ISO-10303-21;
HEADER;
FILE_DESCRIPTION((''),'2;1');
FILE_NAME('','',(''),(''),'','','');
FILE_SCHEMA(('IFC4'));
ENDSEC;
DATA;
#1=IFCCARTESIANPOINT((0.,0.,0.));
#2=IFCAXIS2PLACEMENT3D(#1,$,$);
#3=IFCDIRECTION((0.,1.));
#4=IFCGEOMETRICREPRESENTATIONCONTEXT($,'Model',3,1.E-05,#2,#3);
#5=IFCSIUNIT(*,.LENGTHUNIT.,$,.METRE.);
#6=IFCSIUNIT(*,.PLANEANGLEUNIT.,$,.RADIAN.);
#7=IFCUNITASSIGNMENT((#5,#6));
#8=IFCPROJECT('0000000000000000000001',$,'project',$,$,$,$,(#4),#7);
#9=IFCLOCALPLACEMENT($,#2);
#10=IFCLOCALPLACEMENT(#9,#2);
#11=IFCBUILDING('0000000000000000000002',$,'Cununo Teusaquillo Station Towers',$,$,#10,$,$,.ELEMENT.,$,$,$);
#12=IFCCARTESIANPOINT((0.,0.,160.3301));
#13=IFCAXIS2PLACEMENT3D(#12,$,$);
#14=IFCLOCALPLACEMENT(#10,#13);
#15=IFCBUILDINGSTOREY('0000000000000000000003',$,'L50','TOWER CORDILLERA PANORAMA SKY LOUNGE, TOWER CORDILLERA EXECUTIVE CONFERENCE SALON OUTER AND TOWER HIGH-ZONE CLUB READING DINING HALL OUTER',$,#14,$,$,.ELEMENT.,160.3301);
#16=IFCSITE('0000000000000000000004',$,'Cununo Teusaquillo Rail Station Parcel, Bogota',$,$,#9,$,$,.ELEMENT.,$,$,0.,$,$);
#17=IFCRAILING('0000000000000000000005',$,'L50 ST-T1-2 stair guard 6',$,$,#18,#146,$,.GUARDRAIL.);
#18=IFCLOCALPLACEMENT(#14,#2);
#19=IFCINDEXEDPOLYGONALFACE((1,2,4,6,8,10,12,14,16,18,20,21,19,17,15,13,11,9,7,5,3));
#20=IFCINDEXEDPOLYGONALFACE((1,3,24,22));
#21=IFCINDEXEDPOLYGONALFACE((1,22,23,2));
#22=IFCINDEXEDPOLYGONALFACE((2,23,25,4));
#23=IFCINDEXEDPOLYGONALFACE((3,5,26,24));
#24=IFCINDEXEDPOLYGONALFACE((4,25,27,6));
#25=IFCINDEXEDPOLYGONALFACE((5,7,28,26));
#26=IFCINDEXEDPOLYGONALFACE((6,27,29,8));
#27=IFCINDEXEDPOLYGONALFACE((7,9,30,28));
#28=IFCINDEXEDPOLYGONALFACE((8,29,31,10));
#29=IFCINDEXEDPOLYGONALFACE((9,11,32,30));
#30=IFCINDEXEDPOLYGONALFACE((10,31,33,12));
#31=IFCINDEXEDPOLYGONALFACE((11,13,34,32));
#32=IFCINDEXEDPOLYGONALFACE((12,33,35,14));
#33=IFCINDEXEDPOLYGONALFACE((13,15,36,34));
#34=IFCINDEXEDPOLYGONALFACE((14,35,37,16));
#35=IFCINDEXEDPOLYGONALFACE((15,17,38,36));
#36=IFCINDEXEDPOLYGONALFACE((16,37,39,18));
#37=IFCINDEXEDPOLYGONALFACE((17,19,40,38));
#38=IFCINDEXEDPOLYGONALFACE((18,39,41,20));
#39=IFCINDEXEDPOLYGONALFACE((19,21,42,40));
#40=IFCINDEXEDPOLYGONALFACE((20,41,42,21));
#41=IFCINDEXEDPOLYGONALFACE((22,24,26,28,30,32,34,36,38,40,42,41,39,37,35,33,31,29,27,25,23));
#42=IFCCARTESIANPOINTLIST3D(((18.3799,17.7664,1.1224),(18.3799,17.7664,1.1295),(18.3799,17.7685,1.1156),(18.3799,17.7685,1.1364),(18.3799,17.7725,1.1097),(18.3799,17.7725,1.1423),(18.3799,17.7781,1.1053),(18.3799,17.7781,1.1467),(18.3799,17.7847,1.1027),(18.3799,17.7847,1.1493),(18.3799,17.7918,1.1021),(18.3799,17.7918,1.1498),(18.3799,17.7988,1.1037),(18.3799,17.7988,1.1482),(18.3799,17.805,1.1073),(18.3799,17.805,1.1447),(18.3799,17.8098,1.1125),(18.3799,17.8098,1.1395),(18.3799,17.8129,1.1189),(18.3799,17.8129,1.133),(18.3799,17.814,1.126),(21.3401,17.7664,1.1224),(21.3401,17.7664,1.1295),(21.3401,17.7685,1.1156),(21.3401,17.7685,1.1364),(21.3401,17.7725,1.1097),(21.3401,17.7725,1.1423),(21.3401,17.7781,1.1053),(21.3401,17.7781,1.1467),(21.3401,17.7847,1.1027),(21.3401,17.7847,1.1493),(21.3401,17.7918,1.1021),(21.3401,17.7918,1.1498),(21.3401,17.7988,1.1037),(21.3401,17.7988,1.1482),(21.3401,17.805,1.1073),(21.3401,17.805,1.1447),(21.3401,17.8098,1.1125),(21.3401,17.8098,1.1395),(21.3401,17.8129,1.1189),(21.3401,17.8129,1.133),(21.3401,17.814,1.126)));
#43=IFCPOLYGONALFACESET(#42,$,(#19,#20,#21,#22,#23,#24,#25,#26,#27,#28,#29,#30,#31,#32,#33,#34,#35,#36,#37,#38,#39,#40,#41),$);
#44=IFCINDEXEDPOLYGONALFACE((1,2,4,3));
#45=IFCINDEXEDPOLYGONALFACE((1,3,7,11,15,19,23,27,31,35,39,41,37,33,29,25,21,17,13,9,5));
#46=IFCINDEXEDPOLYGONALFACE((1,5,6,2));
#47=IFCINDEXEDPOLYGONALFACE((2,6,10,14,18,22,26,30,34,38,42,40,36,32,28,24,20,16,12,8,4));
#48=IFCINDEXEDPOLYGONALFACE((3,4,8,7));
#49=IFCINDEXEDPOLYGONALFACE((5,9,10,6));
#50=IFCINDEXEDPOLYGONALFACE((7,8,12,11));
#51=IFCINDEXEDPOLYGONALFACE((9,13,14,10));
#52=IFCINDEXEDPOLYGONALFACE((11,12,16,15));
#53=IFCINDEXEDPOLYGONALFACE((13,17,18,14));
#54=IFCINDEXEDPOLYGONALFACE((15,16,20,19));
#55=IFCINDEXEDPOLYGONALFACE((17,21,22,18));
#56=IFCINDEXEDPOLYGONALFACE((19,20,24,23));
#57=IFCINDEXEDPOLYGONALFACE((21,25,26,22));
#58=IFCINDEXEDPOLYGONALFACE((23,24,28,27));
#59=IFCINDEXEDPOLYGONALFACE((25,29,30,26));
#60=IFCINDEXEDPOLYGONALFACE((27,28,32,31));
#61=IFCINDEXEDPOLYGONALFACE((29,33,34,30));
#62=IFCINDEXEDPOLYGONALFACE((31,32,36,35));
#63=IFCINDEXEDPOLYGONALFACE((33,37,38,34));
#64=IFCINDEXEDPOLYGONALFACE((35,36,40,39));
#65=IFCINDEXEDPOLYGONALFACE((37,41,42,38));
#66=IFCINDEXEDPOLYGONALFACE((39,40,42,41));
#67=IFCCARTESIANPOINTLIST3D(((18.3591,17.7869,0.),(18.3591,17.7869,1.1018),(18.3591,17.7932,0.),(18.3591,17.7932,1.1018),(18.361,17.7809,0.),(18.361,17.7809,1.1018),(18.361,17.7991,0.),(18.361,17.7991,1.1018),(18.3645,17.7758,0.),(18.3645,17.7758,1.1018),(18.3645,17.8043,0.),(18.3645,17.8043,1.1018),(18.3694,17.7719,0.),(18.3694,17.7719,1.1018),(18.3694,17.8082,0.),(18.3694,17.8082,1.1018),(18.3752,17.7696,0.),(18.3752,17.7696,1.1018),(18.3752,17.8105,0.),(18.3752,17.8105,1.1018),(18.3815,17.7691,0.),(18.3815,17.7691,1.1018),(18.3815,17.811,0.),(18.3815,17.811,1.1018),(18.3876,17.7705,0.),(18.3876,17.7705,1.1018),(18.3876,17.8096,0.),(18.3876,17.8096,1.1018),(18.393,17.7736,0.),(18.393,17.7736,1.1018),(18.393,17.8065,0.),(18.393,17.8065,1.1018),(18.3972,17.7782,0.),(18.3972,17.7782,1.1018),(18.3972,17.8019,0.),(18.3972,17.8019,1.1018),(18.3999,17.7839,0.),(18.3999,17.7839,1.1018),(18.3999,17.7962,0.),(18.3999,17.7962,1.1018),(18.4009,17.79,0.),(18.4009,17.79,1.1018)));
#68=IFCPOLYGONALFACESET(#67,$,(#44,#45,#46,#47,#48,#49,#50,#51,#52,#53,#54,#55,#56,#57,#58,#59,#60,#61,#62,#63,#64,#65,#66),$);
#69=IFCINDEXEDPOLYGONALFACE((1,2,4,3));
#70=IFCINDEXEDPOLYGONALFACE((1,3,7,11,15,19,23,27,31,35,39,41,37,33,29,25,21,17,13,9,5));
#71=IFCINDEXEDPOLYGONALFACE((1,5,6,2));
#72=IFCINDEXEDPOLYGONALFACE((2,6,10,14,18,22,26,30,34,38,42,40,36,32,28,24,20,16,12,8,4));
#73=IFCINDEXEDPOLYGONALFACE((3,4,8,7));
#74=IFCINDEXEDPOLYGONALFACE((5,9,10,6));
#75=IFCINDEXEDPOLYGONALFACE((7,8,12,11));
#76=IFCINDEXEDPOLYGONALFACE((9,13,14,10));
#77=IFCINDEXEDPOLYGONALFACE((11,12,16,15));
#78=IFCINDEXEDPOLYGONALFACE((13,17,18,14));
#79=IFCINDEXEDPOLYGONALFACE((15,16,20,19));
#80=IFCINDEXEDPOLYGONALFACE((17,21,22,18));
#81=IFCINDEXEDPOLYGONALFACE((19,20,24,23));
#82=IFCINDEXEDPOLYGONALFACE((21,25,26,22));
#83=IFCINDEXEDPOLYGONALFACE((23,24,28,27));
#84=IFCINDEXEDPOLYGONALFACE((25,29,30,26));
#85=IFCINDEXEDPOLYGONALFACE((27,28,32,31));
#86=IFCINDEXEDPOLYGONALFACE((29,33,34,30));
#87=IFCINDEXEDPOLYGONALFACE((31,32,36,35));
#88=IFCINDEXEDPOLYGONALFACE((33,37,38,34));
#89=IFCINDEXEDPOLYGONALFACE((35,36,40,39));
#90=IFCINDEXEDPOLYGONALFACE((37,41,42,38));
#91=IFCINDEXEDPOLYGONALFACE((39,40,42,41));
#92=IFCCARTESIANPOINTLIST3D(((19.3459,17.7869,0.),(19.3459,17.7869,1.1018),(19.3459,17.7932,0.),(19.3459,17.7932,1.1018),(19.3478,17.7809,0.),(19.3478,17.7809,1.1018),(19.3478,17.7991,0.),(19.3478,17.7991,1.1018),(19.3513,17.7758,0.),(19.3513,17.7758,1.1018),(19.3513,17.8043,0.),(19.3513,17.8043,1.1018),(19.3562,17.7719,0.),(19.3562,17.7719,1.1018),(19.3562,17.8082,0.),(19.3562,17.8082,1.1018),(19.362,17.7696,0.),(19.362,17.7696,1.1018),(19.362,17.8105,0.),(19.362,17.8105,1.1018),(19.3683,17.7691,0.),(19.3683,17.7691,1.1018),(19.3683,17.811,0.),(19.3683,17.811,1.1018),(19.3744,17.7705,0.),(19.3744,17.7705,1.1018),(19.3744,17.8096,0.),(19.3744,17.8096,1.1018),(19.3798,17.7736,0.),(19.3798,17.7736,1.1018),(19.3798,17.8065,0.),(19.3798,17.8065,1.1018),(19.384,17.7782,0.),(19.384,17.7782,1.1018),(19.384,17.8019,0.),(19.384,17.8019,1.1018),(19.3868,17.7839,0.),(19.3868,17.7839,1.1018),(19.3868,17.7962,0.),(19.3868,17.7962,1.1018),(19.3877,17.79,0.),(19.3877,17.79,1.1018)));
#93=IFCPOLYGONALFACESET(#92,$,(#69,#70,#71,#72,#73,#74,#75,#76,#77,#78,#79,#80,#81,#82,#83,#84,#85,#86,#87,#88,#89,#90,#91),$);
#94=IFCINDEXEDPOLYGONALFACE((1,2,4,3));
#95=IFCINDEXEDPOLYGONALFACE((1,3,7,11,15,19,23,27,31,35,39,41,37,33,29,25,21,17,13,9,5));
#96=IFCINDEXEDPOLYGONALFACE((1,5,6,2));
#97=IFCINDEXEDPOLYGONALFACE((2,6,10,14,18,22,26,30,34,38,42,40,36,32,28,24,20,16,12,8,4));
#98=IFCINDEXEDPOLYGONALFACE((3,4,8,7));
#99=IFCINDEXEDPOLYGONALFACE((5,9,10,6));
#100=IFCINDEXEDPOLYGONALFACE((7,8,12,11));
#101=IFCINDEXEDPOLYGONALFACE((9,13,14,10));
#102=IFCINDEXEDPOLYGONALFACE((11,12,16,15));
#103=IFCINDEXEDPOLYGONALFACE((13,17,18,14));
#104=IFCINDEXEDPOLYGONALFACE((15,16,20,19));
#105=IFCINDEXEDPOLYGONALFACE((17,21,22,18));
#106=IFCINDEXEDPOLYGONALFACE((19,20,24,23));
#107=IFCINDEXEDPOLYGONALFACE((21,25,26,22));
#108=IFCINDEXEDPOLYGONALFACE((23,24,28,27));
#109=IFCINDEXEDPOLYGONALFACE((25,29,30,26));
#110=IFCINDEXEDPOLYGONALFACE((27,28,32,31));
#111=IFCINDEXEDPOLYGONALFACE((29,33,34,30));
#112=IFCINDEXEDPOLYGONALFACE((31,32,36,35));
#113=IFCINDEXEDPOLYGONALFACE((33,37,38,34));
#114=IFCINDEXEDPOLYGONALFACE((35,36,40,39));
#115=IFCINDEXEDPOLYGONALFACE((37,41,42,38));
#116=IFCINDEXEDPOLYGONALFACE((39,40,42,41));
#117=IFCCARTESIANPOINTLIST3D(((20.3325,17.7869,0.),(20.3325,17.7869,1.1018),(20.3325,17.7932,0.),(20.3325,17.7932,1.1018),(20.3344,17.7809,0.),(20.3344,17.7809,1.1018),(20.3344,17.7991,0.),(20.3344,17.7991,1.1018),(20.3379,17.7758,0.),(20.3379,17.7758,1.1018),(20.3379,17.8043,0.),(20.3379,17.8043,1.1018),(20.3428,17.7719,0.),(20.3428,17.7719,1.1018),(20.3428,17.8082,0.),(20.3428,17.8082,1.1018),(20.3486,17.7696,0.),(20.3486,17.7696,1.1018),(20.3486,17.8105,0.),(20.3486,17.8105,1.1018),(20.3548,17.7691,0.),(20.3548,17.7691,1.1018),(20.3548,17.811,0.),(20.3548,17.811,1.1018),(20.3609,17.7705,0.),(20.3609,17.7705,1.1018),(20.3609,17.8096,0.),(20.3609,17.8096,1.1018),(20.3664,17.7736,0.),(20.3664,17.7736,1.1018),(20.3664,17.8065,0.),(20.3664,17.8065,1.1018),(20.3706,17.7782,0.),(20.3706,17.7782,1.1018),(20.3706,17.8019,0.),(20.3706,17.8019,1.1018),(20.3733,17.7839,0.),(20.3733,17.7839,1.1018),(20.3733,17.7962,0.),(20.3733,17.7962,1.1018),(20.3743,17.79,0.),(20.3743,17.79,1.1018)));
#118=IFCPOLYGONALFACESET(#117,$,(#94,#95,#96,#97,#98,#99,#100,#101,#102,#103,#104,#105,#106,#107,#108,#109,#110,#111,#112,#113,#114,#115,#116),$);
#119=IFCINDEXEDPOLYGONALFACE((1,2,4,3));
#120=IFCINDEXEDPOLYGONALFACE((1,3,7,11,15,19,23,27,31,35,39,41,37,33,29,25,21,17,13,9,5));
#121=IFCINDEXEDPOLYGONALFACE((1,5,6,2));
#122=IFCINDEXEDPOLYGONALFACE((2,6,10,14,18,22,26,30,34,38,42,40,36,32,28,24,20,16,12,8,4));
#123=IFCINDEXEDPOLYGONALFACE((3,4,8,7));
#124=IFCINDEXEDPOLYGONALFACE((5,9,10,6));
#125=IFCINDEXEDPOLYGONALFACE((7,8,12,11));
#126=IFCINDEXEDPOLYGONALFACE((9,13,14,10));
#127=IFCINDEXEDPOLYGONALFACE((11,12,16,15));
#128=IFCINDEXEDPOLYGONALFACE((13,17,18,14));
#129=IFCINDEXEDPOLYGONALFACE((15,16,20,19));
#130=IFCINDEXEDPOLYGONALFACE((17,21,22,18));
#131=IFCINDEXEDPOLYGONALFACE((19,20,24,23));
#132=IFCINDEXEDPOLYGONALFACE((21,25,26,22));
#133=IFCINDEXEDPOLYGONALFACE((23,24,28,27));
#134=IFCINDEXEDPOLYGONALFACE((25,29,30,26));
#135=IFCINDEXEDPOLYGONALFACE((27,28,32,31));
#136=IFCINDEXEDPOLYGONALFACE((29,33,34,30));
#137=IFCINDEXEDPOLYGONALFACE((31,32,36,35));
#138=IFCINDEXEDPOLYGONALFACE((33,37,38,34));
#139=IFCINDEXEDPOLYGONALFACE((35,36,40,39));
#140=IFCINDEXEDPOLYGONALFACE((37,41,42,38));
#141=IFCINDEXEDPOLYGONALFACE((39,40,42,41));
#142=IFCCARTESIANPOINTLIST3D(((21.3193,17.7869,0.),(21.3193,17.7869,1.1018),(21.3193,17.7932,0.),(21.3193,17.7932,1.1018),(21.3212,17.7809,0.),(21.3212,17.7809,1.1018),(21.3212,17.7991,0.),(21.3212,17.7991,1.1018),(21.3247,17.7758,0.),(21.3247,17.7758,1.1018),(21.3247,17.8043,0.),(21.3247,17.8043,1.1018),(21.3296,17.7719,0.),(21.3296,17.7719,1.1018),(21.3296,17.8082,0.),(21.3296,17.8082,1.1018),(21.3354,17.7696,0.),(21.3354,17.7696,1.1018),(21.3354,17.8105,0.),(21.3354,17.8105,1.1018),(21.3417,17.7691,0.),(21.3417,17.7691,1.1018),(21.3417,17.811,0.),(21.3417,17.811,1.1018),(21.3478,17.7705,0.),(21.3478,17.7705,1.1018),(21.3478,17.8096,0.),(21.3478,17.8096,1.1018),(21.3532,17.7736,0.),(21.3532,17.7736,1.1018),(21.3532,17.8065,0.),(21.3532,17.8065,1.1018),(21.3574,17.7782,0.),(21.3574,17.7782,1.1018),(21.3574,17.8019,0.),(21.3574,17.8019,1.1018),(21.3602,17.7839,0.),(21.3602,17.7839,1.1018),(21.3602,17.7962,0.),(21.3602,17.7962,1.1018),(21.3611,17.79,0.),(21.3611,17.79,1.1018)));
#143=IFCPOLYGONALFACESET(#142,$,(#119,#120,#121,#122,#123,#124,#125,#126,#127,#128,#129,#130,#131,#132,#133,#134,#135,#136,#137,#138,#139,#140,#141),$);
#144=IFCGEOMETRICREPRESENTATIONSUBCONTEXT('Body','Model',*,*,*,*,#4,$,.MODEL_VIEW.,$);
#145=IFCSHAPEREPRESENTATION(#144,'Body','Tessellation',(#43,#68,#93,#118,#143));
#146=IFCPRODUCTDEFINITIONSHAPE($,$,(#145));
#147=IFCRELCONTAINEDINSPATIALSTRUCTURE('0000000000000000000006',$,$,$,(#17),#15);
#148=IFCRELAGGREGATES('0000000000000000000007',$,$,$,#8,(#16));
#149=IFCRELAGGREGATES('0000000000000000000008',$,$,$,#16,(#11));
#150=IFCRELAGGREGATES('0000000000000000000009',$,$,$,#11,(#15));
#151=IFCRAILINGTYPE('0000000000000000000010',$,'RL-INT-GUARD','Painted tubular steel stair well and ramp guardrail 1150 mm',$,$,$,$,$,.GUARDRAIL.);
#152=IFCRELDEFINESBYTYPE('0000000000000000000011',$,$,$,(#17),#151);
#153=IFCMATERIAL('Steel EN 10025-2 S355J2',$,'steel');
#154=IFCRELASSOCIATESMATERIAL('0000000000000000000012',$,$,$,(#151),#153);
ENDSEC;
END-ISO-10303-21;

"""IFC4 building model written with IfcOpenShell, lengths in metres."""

from ifc_helpers import new_model, si_unit, direction, frame, origin, origin_2d, place, context, subcontext, project, spatial, circle, extrude, material, type_object, element, save


model = new_model("IFC4")

# Units and contexts
model_context = context("Model", 3, precision=1e-05, world=origin(), true_north=direction((0.0, 1.0)))
body_context = subcontext(model_context, "Body", "Model", "MODEL_VIEW")
ifc_project = project(units=[si_unit("LENGTHUNIT", "METRE"), si_unit("PLANEANGLEUNIT", "RADIAN")], contexts=[model_context])

# Site, building, storey
site_placement = place(None, origin())
site = spatial("IfcSite", under=ifc_project, at=site_placement, Name="Cununo Teusaquillo Rail Station Parcel, Bogota", CompositionType="ELEMENT", RefElevation=0.0)
building_placement = place(site_placement, origin())
building = spatial("IfcBuilding", under=site, at=building_placement, Name="Cununo Teusaquillo Station Towers", CompositionType="ELEMENT")
storey_placement = place(building_placement, frame((0.0, 0.0, 160.3301)))
storey = spatial("IfcBuildingStorey", under=building, at=storey_placement, Name="L50", Description="TOWER CORDILLERA PANORAMA SKY LOUNGE, TOWER CORDILLERA EXECUTIVE CONFERENCE SALON OUTER AND TOWER HIGH-ZONE CLUB READING DINING HALL OUTER", CompositionType="ELEMENT", Elevation=160.3301)

# Railing
ifc_material_1 = material(Name="Steel EN 10025-2 S355J2", Category="steel")
railing_type_1 = type_object("IfcRailingType", Name="RL-INT-GUARD", Description="Painted tubular steel stair well and ramp guardrail 1150 mm", PredefinedType="GUARDRAIL", material=ifc_material_1)
railing_1_placement = place(storey_placement, frame((18.3799, 17.79, 0.0)))
element("IfcRailing", 1, at=railing_1_placement, inside=storey, type_object=railing_type_1, Name="L50 ST-T1-2 stair guard 6", PredefinedType="GUARDRAIL", context=body_context, shape_type="SweptSolid", body=[
    extrude(circle(Radius=0.0239, at=origin_2d()), frame((0.0, 0.0, 1.126), z_axis=(1.0, 0.0, 0.0), x_axis=(0.0, 1.0, 0.0)), (0.0, 0.0, 1.0), 2.9602),
    extrude(circle(Radius=0.021, at=origin_2d()), origin(), (0.0, 0.0, 1.0), 1.1018),
    extrude(circle(Radius=0.021, at=origin_2d()), frame((0.9868, 0.0, 0.0)), (0.0, 0.0, 1.0), 1.1018),
    extrude(circle(Radius=0.021, at=origin_2d()), frame((1.9734, 0.0, 0.0)), (0.0, 0.0, 1.0), 1.1018),
    extrude(circle(Radius=0.021, at=origin_2d()), frame((2.9602, 0.0, 0.0)), (0.0, 0.0, 1.0), 1.1018),
])

save(model, "model.ifc")
